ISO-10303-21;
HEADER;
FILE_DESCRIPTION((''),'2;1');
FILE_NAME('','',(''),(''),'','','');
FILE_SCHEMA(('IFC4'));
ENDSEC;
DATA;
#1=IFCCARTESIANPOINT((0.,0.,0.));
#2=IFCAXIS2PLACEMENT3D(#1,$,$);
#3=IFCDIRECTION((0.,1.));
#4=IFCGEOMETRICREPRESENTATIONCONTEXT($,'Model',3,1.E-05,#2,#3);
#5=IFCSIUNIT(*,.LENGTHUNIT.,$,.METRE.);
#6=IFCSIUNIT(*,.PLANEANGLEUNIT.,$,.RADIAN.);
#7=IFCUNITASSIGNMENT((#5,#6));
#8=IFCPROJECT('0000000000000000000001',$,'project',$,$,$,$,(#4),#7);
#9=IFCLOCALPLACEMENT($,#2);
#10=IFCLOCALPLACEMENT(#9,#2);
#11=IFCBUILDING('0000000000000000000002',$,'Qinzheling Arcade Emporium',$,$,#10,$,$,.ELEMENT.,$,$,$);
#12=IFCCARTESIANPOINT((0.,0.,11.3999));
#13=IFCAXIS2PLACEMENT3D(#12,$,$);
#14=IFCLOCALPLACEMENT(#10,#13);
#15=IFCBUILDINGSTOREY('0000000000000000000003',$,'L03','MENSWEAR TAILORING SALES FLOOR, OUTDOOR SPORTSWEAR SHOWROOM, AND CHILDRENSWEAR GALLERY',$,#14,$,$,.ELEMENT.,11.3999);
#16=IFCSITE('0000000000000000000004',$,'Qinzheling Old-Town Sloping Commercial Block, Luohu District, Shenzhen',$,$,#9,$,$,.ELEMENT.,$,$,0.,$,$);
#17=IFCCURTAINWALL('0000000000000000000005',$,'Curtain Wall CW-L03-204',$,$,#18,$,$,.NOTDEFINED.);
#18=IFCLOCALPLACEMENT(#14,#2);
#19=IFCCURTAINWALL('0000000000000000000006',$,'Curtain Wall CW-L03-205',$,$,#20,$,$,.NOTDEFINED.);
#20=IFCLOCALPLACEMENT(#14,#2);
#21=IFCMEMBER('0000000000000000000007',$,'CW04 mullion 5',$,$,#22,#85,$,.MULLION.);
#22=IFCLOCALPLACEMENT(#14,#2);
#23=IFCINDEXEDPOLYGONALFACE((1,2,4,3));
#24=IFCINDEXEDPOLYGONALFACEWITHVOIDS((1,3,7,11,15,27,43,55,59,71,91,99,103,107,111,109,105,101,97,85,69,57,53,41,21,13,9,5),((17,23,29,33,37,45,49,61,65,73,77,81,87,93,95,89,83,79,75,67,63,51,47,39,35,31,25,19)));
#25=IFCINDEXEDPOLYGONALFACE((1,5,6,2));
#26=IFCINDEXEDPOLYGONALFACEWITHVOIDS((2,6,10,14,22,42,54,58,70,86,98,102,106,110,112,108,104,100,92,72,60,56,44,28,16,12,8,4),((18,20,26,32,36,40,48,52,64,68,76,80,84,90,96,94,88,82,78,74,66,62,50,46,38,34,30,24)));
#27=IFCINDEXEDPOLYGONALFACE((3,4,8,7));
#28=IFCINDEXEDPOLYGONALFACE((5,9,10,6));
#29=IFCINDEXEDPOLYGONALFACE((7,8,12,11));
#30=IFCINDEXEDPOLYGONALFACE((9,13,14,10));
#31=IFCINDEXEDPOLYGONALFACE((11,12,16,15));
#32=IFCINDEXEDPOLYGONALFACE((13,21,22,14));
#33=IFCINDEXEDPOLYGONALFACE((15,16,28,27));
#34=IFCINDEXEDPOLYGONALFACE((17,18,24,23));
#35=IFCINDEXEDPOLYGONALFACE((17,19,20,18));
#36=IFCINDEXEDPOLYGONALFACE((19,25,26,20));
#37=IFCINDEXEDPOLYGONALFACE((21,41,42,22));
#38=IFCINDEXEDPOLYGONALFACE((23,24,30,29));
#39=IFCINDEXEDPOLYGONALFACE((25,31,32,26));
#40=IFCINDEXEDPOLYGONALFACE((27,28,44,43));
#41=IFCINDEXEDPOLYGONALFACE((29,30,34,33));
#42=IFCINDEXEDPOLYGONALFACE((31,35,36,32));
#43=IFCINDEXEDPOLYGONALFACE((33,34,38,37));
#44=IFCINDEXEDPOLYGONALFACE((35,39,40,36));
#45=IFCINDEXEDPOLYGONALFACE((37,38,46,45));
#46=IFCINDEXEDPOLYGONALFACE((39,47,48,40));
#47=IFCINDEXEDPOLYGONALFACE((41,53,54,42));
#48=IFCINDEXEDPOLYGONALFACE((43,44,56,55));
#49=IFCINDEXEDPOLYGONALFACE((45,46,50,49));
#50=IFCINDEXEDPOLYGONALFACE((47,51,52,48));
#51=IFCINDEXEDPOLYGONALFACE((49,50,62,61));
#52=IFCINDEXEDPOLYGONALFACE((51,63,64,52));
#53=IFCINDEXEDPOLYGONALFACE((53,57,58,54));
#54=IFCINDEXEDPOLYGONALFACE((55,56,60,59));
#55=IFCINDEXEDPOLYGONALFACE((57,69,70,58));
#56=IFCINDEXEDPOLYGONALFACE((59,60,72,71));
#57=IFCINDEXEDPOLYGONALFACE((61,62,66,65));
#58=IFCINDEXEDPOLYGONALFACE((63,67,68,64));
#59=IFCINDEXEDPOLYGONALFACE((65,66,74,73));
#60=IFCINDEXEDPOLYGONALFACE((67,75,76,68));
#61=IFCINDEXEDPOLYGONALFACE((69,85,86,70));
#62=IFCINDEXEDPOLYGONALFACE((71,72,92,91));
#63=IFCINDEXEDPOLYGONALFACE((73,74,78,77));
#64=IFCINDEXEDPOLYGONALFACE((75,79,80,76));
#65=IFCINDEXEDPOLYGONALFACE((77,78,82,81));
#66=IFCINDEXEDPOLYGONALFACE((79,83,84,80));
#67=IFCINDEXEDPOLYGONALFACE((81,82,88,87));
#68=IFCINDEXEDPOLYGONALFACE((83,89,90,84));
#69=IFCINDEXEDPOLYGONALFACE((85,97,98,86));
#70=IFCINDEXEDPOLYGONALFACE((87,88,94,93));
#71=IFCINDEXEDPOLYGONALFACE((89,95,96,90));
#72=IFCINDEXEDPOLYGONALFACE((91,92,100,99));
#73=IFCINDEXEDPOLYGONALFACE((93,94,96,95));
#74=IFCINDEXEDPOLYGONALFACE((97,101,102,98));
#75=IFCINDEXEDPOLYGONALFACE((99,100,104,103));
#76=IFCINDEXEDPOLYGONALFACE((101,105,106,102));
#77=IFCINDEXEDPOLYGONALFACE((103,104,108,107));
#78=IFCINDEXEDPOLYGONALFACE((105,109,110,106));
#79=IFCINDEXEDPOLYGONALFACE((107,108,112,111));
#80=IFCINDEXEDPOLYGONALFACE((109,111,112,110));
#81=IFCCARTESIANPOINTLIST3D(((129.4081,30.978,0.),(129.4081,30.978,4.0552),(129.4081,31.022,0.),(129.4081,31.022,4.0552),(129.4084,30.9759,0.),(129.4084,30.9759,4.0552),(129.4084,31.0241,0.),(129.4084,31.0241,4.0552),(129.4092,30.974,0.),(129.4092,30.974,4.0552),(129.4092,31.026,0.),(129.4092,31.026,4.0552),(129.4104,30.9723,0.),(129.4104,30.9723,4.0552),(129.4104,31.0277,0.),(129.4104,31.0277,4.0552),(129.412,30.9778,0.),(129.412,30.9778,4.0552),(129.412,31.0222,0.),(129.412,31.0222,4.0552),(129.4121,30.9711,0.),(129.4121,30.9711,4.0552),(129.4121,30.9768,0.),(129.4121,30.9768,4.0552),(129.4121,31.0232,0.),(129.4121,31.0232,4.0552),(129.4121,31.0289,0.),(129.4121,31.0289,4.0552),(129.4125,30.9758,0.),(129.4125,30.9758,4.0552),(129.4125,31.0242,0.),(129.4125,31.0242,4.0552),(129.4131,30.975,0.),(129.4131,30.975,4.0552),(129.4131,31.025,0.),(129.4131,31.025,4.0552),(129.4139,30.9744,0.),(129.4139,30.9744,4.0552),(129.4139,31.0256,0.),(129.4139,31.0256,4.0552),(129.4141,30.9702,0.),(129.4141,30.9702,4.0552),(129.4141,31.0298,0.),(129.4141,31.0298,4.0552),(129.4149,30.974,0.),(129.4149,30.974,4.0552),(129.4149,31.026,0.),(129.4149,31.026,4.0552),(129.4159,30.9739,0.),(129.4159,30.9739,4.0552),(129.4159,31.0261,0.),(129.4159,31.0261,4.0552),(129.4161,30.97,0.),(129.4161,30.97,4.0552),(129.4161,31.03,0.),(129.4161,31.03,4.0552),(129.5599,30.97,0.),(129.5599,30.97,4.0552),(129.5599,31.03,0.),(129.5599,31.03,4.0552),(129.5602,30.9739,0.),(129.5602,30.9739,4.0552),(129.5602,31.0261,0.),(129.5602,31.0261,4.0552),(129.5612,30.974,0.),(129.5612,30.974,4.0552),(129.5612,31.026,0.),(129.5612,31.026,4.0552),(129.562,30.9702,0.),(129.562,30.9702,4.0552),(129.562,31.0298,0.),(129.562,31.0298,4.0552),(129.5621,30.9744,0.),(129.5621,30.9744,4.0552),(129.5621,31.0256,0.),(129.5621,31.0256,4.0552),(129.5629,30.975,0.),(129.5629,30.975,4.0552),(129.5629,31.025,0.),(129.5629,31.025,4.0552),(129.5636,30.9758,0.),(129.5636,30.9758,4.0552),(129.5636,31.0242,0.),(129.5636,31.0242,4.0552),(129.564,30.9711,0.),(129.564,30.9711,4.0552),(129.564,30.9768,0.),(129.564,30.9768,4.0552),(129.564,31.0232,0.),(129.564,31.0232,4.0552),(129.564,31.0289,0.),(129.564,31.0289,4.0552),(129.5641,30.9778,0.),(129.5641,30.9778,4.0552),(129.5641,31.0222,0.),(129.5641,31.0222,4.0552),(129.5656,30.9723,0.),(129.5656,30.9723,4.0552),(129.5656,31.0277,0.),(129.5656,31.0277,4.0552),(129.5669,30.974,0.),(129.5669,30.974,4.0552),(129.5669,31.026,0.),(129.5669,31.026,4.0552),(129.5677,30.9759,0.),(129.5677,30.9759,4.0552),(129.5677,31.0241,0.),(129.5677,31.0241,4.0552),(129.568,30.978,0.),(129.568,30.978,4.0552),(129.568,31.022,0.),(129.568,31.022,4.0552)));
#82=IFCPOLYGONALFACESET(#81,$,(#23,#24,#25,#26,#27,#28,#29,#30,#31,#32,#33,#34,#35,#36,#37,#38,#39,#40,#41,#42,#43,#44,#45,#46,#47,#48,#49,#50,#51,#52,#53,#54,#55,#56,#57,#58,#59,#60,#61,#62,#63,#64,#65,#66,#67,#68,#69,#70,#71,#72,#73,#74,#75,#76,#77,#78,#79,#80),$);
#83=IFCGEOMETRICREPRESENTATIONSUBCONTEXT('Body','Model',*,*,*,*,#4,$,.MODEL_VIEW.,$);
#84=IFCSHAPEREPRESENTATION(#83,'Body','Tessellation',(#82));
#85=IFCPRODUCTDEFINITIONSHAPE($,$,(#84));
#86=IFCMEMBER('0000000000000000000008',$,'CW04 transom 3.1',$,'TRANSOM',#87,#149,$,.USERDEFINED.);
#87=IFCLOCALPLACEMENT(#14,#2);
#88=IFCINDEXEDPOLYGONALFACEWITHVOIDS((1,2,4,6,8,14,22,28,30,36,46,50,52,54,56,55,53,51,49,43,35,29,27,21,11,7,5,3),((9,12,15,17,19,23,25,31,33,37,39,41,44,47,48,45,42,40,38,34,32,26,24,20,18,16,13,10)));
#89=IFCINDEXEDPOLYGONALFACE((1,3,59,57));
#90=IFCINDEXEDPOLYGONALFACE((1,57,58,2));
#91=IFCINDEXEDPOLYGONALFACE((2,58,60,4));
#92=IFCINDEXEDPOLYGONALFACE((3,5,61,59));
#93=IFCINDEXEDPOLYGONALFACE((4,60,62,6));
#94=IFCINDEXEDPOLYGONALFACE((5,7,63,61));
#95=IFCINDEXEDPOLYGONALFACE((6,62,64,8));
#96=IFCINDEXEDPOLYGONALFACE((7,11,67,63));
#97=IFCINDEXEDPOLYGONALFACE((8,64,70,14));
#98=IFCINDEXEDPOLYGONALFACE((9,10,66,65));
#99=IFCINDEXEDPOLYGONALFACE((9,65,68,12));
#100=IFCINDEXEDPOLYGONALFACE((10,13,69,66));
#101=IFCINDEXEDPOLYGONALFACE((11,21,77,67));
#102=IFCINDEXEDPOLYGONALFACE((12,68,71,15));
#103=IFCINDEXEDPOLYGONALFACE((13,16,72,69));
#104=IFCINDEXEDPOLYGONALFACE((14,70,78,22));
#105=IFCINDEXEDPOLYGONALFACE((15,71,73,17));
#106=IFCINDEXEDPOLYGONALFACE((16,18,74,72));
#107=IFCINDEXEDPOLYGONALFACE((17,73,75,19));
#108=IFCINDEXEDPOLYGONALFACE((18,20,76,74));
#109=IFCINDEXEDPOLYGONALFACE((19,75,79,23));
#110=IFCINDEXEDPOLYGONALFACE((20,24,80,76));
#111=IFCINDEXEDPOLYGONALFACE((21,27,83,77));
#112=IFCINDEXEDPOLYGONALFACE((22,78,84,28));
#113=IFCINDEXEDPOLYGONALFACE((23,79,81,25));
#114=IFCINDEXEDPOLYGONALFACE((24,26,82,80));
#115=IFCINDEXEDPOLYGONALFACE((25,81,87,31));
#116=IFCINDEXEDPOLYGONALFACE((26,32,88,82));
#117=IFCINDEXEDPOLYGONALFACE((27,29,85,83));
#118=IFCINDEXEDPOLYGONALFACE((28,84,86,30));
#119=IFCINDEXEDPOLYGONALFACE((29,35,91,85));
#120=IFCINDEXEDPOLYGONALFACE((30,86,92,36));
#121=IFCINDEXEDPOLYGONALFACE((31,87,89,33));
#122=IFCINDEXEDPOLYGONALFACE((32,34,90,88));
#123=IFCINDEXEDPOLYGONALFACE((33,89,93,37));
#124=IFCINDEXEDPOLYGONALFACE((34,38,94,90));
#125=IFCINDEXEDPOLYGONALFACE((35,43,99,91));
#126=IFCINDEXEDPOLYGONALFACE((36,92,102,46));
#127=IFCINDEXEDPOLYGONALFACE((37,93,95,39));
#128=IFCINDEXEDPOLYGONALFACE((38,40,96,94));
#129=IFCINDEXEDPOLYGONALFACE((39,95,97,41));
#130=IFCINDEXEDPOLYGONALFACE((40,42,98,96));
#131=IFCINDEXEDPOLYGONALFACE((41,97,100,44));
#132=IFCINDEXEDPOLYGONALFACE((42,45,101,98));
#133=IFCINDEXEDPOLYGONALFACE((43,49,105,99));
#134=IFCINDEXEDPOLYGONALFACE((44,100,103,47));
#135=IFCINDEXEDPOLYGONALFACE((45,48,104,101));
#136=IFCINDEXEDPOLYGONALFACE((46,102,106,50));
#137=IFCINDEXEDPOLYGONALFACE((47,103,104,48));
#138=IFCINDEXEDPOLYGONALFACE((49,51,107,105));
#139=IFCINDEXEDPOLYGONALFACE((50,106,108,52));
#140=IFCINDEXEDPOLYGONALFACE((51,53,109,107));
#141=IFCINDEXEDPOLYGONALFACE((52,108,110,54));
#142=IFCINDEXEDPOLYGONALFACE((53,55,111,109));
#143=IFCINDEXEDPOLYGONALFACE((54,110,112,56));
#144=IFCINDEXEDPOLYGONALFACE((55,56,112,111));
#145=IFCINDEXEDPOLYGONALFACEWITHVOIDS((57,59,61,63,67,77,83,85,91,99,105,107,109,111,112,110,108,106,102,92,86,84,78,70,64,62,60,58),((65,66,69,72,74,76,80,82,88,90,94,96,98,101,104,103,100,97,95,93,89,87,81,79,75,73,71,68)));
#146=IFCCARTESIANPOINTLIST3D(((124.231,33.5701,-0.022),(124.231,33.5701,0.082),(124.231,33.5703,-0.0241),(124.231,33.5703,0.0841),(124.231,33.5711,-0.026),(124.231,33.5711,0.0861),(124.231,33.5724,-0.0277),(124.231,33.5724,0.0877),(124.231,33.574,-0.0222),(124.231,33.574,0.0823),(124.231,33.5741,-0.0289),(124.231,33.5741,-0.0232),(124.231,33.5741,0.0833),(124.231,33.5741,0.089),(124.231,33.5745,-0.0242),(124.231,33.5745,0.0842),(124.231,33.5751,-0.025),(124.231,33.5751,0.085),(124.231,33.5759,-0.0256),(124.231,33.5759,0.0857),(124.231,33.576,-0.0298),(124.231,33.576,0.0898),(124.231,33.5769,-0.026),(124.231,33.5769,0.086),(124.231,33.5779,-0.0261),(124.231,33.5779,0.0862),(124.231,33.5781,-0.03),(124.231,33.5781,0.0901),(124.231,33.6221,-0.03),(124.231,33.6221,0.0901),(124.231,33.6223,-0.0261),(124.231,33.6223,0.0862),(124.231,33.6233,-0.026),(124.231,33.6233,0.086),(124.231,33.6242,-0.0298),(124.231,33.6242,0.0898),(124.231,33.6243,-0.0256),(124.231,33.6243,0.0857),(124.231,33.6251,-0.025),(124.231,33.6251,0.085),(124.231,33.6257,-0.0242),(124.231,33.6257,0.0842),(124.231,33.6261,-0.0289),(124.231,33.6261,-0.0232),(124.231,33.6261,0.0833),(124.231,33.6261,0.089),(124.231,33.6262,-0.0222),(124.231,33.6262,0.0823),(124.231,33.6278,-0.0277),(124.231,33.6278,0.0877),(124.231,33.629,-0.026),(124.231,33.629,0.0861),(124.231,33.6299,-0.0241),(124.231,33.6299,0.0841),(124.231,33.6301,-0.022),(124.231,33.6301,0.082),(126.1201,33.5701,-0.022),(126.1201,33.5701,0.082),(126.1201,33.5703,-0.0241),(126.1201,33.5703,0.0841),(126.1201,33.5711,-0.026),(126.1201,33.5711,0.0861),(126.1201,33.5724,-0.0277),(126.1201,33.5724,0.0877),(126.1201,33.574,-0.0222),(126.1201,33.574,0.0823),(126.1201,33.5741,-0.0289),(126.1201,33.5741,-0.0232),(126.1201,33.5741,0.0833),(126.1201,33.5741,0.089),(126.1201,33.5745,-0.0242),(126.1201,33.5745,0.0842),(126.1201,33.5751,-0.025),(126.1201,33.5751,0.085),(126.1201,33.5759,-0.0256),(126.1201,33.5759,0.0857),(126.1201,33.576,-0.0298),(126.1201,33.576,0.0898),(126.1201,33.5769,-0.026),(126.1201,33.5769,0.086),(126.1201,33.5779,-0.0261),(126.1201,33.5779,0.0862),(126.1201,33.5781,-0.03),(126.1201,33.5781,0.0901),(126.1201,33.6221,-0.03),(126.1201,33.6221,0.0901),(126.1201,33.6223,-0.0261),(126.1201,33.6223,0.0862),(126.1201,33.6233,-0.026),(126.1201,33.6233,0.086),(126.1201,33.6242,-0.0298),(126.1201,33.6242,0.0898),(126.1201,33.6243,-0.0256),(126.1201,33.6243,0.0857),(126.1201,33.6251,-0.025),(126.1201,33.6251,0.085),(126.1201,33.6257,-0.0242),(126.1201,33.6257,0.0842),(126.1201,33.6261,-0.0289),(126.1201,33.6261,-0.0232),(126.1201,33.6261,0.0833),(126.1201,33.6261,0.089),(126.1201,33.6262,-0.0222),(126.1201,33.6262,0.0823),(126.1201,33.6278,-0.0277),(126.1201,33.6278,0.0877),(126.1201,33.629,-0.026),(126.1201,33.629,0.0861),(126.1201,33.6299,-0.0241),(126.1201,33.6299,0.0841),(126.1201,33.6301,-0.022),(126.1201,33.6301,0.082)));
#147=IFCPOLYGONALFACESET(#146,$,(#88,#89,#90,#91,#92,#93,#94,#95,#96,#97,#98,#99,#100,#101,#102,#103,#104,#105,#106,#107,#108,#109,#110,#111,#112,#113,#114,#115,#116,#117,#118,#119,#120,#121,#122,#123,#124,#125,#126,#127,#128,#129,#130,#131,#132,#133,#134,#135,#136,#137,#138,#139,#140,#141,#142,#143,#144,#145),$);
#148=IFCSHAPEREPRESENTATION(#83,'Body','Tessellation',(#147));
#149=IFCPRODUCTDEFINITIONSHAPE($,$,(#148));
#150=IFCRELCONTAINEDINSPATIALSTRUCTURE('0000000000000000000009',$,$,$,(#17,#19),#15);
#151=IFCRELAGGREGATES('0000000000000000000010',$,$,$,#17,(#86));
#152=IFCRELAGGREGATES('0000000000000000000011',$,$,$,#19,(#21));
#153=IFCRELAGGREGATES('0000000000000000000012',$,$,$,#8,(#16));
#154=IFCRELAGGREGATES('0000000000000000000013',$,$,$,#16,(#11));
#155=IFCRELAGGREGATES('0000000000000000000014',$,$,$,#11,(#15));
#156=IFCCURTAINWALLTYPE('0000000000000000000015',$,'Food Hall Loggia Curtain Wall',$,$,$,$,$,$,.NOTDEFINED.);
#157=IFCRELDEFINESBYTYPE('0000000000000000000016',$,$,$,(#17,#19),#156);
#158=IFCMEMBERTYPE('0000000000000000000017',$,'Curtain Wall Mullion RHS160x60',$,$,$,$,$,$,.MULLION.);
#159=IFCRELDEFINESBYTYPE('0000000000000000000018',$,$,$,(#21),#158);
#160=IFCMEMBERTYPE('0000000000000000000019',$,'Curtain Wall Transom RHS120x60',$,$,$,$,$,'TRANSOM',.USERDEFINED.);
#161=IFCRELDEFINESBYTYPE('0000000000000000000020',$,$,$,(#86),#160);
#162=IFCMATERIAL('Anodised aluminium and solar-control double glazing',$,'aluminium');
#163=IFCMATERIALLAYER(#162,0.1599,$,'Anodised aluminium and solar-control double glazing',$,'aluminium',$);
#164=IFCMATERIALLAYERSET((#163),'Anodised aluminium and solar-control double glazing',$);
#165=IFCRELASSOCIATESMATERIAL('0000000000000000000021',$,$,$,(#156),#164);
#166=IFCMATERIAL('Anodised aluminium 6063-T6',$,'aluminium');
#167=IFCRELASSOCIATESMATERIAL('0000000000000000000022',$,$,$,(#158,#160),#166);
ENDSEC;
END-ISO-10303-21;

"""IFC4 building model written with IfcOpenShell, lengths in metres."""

from ifc_helpers import new_model, si_unit, direction, frame, origin, origin_2d, place, context, subcontext, project, spatial, hollow_rectangle, extrude, material, layer, layer_set, material_profile, profile_set, type_object, element, aggregate, save


model = new_model("IFC4")

# Units and contexts
model_context = context("Model", 3, precision=1e-05, world=origin(), true_north=direction((0.0, 1.0)))
body_context = subcontext(model_context, "Body", "Model", "MODEL_VIEW")
ifc_project = project(units=[si_unit("LENGTHUNIT", "METRE"), si_unit("PLANEANGLEUNIT", "RADIAN")], contexts=[model_context])

# Site, building, storey
site_placement = place(None, origin())
site = spatial("IfcSite", under=ifc_project, at=site_placement, Name="Qinzheling Old-Town Sloping Commercial Block, Luohu District, Shenzhen", CompositionType="ELEMENT", RefElevation=0.0)
building_placement = place(site_placement, origin())
building = spatial("IfcBuilding", under=site, at=building_placement, Name="Qinzheling Arcade Emporium", CompositionType="ELEMENT")
storey_placement = place(building_placement, frame((0.0, 0.0, 11.3999)))
storey = spatial("IfcBuildingStorey", under=building, at=storey_placement, Name="L03", Description="MENSWEAR TAILORING SALES FLOOR, OUTDOOR SPORTSWEAR SHOWROOM, AND CHILDRENSWEAR GALLERY", CompositionType="ELEMENT", Elevation=11.3999)

# Curtain wall
ifc_material_1 = material(Name="Anodised aluminium and solar-control double glazing", Category="aluminium")
ifc_layer_1 = layer(ifc_material_1, 0.1599, Name="Anodised aluminium and solar-control double glazing", Category="aluminium")
ifc_layer_set_1 = layer_set([ifc_layer_1], Name="Anodised aluminium and solar-control double glazing")
curtain_wall_type = type_object("IfcCurtainWallType", Name="Food Hall Loggia Curtain Wall", PredefinedType="NOTDEFINED", material=ifc_layer_set_1)
curtain_wall_1_placement = place(storey_placement, origin())
curtain_wall_1 = element("IfcCurtainWall", 1, at=curtain_wall_1_placement, inside=storey, type_object=curtain_wall_type, Name="Curtain Wall CW-L03-204", PredefinedType="NOTDEFINED")
ifc_material_2 = material(Name="Anodised aluminium 6063-T6", Category="aluminium")
ifc_material_profile_1 = material_profile(ifc_material_2, hollow_rectangle(XDim=0.0601, YDim=0.1599, WallThickness=0.0039, InnerFilletRadius=0.0039, OuterFilletRadius=0.0081, at=origin_2d()), Name="RHS 160x60x4", Category="aluminium")
ifc_profile_set_1 = profile_set([ifc_material_profile_1], Name="Anodised aluminium 6063-T6")
member_type_1 = type_object("IfcMemberType", Name="Curtain Wall Mullion RHS160x60", PredefinedType="MULLION", material=ifc_profile_set_1)

# Curtain wall, member
curtain_wall_2_placement = place(storey_placement, origin())
curtain_wall_2 = element("IfcCurtainWall", 2, at=curtain_wall_2_placement, inside=storey, type_object=curtain_wall_type, Name="Curtain Wall CW-L03-205", PredefinedType="NOTDEFINED")
member_1_placement = place(storey_placement, frame((129.488, 31.0, 0.0), z_axis=(0.0, 0.0, 1.0), x_axis=(0.0, 1.0, 0.0)))
member_1 = element("IfcMember", 3, at=member_1_placement, type_object=member_type_1, Name="CW04 mullion 5", PredefinedType="MULLION", context=body_context, shape_type="SweptSolid", body=[
    extrude(hollow_rectangle(XDim=0.0601, YDim=0.1599, WallThickness=0.0039, InnerFilletRadius=0.0039, OuterFilletRadius=0.0081, at=origin_2d()), origin(), (0.0, 0.0, 1.0), 4.0552),
])

# Member
ifc_material_profile_2 = material_profile(ifc_material_2, hollow_rectangle(XDim=0.0601, YDim=0.1201, WallThickness=0.0039, InnerFilletRadius=0.0039, OuterFilletRadius=0.0081, at=origin_2d()), Name="RHS 120x60x4", Category="aluminium")
ifc_profile_set_2 = profile_set([ifc_material_profile_2], Name="Anodised aluminium 6063-T6")
member_type_2 = type_object("IfcMemberType", Name="Curtain Wall Transom RHS120x60", ElementType="TRANSOM", PredefinedType="USERDEFINED", material=ifc_profile_set_2)
member_2_placement = place(storey_placement, frame((126.1201, 33.6001, 0.03), z_axis=(-1.0, 0.0, 0.0), x_axis=(0.0, -1.0, 0.0)))
member_2 = element("IfcMember", 4, at=member_2_placement, type_object=member_type_2, Name="CW04 transom 3.1", ObjectType="TRANSOM", PredefinedType="USERDEFINED", context=body_context, shape_type="SweptSolid", body=[
    extrude(hollow_rectangle(XDim=0.0601, YDim=0.1201, WallThickness=0.0039, InnerFilletRadius=0.0039, OuterFilletRadius=0.0081, at=origin_2d()), origin(), (0.0, 0.0, 1.0), 1.8892),
])
aggregate(curtain_wall_1, [member_2])

aggregate(curtain_wall_2, [member_1])

save(model, "model.ifc")
